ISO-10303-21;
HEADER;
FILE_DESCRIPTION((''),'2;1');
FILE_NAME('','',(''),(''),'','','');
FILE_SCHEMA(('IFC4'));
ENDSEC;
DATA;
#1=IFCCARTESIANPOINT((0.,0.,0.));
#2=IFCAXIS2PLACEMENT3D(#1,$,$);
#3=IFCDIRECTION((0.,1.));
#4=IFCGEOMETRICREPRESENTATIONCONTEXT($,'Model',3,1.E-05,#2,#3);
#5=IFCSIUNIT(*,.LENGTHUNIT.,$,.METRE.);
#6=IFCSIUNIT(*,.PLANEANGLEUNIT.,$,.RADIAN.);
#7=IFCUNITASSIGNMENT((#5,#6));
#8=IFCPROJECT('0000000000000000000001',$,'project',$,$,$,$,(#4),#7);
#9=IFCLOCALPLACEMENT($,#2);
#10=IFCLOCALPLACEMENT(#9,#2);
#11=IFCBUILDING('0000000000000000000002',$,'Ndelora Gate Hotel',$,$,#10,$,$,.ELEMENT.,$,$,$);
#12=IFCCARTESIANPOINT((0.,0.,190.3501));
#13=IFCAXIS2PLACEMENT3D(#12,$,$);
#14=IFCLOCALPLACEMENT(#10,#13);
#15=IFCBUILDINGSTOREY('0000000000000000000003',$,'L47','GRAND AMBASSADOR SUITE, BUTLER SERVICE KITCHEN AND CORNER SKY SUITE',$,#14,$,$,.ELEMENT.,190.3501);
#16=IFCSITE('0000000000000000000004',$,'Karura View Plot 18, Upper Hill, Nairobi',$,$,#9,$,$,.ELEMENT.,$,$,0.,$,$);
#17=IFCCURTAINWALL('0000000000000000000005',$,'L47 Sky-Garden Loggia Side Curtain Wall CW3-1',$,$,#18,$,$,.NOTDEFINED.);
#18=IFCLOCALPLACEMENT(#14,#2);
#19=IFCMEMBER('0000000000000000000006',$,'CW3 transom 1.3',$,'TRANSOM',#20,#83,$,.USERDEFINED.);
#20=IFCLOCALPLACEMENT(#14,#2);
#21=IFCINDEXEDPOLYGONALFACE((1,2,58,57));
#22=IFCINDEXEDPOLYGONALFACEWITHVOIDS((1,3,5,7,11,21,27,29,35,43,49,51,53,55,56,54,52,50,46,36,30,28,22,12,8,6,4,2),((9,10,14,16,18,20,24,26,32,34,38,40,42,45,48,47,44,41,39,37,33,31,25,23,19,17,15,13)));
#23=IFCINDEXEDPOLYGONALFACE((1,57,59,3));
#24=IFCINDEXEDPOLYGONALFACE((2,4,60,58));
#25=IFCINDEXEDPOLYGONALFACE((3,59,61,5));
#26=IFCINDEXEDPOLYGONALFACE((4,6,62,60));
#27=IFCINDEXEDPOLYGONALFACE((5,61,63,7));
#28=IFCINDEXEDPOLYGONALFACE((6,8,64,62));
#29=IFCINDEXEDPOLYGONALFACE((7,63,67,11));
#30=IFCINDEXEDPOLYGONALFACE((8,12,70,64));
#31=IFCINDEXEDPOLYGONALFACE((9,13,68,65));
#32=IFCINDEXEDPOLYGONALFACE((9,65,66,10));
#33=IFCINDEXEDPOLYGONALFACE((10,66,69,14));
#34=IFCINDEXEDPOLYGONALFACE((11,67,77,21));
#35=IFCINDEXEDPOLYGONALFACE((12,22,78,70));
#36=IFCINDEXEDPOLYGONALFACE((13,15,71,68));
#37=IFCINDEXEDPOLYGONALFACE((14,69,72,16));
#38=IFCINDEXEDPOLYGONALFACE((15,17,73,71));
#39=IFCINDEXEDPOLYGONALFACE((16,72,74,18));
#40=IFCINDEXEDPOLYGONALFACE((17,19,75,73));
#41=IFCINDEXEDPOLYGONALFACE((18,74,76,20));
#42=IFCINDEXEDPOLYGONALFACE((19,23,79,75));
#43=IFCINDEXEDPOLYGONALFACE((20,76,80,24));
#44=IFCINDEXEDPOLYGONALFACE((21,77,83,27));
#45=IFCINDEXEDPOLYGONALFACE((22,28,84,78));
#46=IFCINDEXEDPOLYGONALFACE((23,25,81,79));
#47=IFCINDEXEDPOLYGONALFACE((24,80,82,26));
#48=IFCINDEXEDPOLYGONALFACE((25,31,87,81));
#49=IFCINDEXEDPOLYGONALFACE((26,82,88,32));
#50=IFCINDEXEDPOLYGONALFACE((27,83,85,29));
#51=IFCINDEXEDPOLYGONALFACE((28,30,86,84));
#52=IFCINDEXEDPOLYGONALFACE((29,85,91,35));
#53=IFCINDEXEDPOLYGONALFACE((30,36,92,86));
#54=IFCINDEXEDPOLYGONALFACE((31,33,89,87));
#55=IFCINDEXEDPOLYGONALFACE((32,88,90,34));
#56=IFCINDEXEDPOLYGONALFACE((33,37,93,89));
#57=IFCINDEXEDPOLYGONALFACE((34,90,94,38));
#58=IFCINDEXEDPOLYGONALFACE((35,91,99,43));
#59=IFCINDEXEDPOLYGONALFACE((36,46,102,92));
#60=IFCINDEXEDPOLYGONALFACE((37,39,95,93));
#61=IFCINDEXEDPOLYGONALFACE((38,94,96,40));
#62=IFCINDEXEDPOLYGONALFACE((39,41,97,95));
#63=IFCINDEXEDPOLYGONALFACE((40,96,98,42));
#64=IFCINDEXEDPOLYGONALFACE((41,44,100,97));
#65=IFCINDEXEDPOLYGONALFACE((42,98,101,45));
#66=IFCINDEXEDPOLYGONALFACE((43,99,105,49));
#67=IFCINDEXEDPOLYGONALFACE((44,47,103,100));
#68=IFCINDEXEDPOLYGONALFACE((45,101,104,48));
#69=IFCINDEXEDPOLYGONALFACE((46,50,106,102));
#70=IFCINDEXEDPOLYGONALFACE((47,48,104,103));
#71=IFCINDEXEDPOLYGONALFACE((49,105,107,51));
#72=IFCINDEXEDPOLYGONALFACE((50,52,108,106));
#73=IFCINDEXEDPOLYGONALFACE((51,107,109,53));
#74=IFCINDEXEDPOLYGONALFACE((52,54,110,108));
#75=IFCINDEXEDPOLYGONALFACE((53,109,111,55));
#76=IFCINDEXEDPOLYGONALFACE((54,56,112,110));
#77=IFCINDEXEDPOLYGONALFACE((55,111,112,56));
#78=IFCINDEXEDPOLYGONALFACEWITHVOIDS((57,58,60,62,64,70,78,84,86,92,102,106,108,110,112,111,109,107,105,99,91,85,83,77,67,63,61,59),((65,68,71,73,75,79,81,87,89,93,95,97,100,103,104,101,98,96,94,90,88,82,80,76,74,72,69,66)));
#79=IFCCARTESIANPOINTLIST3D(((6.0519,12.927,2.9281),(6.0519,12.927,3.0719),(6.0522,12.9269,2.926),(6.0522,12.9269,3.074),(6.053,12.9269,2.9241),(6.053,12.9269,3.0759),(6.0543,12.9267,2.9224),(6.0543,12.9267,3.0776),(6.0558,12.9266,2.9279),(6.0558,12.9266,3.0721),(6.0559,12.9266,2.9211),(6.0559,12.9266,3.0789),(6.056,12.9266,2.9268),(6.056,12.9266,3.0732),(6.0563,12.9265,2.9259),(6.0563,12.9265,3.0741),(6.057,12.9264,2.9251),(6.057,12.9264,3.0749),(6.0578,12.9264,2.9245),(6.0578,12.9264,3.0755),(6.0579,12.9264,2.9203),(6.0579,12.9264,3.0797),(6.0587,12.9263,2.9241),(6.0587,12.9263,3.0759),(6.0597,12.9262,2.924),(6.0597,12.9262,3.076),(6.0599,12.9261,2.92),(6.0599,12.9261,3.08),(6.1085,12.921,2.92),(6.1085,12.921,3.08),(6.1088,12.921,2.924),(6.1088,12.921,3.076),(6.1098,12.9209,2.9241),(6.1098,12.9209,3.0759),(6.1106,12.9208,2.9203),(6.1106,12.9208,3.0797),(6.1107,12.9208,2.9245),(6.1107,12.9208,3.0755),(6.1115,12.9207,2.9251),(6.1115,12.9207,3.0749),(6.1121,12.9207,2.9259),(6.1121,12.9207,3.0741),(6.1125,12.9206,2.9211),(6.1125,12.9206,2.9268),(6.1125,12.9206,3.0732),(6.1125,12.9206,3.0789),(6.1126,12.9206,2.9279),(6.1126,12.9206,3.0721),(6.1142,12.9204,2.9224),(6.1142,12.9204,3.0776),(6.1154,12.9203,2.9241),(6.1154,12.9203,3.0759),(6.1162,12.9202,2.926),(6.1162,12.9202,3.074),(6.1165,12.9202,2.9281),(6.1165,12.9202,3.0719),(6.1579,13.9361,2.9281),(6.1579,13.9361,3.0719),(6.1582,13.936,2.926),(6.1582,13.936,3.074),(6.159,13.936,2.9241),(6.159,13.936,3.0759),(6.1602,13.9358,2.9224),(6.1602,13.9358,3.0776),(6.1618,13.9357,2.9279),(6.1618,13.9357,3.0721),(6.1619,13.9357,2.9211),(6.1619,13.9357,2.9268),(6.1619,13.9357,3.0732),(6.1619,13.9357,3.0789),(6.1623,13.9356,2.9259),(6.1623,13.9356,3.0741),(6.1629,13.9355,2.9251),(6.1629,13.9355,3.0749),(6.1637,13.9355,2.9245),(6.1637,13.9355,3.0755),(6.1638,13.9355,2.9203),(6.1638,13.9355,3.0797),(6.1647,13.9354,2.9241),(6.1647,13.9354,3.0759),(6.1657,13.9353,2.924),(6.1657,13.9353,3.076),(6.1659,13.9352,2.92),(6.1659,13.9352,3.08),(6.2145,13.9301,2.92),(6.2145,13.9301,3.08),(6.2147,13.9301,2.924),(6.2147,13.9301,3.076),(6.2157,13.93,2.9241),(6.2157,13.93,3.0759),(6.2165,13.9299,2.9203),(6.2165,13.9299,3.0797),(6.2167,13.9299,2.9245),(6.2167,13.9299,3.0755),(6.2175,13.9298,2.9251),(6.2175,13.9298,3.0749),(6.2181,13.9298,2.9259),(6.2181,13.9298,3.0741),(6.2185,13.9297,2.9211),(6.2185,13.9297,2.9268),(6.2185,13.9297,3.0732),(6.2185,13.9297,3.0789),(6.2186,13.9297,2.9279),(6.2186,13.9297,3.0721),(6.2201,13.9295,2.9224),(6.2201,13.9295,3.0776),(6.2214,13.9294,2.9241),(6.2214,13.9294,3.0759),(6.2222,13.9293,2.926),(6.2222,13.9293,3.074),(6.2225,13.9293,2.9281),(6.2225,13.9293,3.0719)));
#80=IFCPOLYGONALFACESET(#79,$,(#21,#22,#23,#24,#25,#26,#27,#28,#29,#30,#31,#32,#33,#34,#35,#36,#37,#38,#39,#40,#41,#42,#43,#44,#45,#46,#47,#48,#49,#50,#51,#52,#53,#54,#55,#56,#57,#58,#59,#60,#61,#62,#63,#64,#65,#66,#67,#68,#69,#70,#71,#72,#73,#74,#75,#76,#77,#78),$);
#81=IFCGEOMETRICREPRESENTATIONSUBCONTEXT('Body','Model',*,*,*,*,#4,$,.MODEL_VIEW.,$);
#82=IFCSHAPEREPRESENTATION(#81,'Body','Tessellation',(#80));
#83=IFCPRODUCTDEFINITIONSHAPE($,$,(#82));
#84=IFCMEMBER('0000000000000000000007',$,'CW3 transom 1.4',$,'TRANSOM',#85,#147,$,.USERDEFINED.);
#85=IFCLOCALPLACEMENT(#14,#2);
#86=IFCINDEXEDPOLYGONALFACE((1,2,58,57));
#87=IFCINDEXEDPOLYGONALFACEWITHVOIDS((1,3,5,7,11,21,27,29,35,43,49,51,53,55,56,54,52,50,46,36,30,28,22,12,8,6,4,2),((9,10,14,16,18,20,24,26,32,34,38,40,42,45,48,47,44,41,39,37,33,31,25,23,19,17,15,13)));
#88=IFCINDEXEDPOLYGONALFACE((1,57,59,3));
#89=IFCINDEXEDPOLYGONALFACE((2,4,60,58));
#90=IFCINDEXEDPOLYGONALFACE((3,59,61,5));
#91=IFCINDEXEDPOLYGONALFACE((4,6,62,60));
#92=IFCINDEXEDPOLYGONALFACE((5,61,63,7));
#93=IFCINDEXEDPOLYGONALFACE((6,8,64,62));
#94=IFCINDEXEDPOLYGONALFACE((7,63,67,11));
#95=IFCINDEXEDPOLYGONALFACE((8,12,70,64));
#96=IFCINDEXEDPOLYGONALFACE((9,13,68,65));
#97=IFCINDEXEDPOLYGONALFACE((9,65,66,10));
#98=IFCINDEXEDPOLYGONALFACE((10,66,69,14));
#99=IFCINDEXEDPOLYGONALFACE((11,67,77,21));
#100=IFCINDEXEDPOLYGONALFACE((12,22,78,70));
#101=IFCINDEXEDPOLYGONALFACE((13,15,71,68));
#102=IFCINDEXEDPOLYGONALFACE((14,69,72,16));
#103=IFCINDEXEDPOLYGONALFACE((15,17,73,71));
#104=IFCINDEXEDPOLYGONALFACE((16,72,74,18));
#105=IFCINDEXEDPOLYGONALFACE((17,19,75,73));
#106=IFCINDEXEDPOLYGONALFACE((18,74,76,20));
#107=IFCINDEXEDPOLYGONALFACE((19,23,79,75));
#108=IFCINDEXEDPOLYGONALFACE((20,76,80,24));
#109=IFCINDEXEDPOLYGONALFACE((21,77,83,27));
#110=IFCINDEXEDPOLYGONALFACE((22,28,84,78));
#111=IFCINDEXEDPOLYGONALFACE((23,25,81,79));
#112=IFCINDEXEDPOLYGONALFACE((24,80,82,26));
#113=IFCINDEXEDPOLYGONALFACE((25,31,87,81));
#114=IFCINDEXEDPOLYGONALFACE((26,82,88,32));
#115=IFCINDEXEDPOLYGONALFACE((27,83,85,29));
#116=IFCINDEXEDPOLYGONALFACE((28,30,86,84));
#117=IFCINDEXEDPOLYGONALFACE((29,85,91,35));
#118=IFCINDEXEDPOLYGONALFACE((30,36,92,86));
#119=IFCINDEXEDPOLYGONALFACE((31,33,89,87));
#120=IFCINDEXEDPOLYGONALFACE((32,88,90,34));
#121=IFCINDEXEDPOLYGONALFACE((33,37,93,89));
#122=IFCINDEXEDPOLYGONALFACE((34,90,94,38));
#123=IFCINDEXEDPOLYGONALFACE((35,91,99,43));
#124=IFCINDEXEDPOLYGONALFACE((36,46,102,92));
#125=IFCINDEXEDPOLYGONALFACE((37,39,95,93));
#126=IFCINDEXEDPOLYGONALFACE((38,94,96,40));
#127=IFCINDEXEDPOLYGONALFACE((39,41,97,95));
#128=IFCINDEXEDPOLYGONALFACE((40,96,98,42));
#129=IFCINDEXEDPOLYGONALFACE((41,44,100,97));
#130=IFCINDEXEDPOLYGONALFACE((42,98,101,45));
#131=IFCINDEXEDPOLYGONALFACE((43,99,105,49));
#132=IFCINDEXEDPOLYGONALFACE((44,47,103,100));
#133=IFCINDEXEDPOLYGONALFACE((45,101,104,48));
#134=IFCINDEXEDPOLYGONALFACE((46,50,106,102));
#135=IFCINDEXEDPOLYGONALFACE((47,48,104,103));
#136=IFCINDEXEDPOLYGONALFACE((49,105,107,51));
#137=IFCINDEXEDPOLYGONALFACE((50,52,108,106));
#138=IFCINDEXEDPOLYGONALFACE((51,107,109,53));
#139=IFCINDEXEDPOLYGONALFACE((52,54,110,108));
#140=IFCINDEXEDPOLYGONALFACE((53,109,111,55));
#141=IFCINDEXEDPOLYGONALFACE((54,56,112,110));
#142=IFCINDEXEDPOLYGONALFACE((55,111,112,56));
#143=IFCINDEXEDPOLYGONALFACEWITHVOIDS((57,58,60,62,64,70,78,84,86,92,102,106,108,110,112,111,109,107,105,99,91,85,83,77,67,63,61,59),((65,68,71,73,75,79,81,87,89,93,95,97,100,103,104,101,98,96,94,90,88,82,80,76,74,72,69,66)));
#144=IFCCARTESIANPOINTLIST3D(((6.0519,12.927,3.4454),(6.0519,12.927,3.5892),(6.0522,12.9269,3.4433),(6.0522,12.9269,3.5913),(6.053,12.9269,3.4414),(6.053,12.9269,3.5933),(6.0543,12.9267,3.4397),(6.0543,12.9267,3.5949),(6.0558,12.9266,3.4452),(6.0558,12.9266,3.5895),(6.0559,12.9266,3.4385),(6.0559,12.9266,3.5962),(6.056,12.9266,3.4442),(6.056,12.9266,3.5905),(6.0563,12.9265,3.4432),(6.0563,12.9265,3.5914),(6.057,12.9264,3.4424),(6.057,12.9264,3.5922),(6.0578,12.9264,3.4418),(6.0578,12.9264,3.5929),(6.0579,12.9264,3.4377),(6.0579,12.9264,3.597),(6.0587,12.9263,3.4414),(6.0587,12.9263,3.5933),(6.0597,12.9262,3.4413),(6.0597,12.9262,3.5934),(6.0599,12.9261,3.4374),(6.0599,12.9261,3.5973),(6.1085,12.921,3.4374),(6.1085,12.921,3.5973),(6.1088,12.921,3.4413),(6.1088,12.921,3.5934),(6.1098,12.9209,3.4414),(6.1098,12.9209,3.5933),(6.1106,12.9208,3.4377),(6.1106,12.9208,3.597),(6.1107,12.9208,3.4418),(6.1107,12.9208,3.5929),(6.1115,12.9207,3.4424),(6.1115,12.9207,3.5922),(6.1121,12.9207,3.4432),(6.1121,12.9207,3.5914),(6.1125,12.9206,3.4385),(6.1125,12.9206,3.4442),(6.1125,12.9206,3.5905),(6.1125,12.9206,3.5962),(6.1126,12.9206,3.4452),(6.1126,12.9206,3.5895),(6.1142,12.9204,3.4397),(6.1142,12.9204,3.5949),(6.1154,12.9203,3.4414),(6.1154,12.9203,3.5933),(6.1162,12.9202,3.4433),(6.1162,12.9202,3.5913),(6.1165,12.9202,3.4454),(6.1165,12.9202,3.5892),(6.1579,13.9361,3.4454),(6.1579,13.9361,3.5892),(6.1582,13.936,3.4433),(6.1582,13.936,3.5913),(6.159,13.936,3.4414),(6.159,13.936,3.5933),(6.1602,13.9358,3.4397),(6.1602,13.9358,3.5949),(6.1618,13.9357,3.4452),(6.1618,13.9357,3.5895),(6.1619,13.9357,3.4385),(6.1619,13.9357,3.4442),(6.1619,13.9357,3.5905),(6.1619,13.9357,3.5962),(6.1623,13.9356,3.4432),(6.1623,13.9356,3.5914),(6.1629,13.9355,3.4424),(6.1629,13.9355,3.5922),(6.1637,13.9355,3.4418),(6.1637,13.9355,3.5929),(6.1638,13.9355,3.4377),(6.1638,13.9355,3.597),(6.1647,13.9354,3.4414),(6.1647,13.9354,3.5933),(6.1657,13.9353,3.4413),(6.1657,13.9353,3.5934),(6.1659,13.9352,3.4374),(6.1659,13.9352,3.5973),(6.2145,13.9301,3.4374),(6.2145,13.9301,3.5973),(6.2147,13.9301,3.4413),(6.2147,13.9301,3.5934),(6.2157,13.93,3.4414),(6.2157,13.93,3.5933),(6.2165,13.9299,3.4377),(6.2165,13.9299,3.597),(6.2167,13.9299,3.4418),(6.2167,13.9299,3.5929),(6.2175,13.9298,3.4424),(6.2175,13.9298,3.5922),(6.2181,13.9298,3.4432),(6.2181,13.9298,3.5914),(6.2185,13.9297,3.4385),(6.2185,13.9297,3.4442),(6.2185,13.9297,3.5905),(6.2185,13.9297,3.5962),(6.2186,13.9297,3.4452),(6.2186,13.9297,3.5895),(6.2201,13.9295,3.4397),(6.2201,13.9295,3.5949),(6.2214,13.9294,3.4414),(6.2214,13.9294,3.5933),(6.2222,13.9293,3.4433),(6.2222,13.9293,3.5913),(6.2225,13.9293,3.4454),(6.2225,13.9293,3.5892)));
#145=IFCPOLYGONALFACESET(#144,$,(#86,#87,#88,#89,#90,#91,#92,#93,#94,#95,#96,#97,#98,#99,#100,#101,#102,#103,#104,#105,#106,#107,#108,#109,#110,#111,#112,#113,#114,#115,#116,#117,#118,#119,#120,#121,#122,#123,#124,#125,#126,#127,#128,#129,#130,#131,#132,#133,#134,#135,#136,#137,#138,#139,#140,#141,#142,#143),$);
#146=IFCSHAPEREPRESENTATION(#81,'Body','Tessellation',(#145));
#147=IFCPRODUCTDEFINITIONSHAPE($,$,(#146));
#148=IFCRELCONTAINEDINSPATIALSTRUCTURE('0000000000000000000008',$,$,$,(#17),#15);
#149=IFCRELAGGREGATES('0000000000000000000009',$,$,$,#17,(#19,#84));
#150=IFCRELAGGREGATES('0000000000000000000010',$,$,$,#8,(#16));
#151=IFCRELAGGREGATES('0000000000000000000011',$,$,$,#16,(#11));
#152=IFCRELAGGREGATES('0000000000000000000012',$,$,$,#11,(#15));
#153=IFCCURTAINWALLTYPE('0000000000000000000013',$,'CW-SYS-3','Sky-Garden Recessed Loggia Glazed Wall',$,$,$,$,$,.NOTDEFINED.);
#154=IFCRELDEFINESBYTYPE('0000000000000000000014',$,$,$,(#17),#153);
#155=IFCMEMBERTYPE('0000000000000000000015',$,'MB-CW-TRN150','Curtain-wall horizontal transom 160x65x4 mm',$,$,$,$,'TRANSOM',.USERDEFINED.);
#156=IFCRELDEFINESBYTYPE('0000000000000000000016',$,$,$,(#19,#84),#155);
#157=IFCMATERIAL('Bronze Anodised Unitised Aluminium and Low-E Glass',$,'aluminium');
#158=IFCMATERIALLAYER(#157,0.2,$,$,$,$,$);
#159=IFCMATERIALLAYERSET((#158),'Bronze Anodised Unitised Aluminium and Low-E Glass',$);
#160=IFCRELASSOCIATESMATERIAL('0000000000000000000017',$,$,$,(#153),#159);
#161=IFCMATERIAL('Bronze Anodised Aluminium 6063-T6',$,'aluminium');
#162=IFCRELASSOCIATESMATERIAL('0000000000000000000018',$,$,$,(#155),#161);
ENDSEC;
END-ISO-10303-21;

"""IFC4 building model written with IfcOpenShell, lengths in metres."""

from ifc_helpers import new_model, si_unit, direction, frame, origin, origin_2d, place, context, subcontext, project, spatial, hollow_rectangle, extrude, material, layer, layer_set, material_profile, profile_set, type_object, element, aggregate, save


model = new_model("IFC4")

# Units and contexts
model_context = context("Model", 3, precision=1e-05, world=origin(), true_north=direction((0.0, 1.0)))
body_context = subcontext(model_context, "Body", "Model", "MODEL_VIEW")
ifc_project = project(units=[si_unit("LENGTHUNIT", "METRE"), si_unit("PLANEANGLEUNIT", "RADIAN")], contexts=[model_context])

# Site, building, storey
site_placement = place(None, origin())
site = spatial("IfcSite", under=ifc_project, at=site_placement, Name="Karura View Plot 18, Upper Hill, Nairobi", CompositionType="ELEMENT", RefElevation=0.0)
building_placement = place(site_placement, origin())
building = spatial("IfcBuilding", under=site, at=building_placement, Name="Ndelora Gate Hotel", CompositionType="ELEMENT")
storey_placement = place(building_placement, frame((0.0, 0.0, 190.3501)))
storey = spatial("IfcBuildingStorey", under=building, at=storey_placement, Name="L47", Description="GRAND AMBASSADOR SUITE, BUTLER SERVICE KITCHEN AND CORNER SKY SUITE", CompositionType="ELEMENT", Elevation=190.3501)

# Curtain wall, members
ifc_material_1 = material(Name="Bronze Anodised Unitised Aluminium and Low-E Glass", Category="aluminium")
ifc_layer_1 = layer(ifc_material_1, 0.2)
ifc_layer_set_1 = layer_set([ifc_layer_1], Name="Bronze Anodised Unitised Aluminium and Low-E Glass")
curtain_wall_type = type_object("IfcCurtainWallType", Name="CW-SYS-3", Description="Sky-Garden Recessed Loggia Glazed Wall", PredefinedType="NOTDEFINED", material=ifc_layer_set_1)
curtain_wall_placement = place(storey_placement, origin())
curtain_wall = element("IfcCurtainWall", 1, at=curtain_wall_placement, inside=storey, type_object=curtain_wall_type, Name="L47 Sky-Garden Loggia Side Curtain Wall CW3-1", PredefinedType="NOTDEFINED")
ifc_material_2 = material(Name="Bronze Anodised Aluminium 6063-T6", Category="aluminium")
ifc_material_profile_1 = material_profile(ifc_material_2, hollow_rectangle(XDim=0.0649, YDim=0.1599, WallThickness=0.0039, InnerFilletRadius=0.0039, OuterFilletRadius=0.0081, at=origin_2d()), Name="ALU 160x65x4")
ifc_profile_set_1 = profile_set([ifc_material_profile_1], Name="Bronze Anodised Aluminium 6063-T6")
member_type_1 = type_object("IfcMemberType", Name="MB-CW-TRN150", Description="Curtain-wall horizontal transom 160x65x4 mm", ElementType="TRANSOM", PredefinedType="USERDEFINED", material=ifc_profile_set_1)
member_1_placement = place(storey_placement, frame((6.0842, 12.9236, 3.0), z_axis=(0.104434, 0.994532, 0.0), x_axis=(-0.994532, 0.104434, 0.0)))
member_1 = element("IfcMember", 2, at=member_1_placement, type_object=member_type_1, Name="CW3 transom 1.3", ObjectType="TRANSOM", PredefinedType="USERDEFINED", context=body_context, shape_type="SweptSolid", body=[
    extrude(hollow_rectangle(XDim=0.0649, YDim=0.1599, WallThickness=0.0039, InnerFilletRadius=0.0039, OuterFilletRadius=0.0081, at=origin_2d()), origin(), (0.0, 0.0, 1.0), 1.0146),
])
member_2_placement = place(storey_placement, frame((6.0842, 12.9236, 3.5173), z_axis=(0.104434, 0.994532, 0.0), x_axis=(-0.994532, 0.104434, 0.0)))
member_2 = element("IfcMember", 3, at=member_2_placement, type_object=member_type_1, Name="CW3 transom 1.4", ObjectType="TRANSOM", PredefinedType="USERDEFINED", context=body_context, shape_type="SweptSolid", body=[
    extrude(hollow_rectangle(XDim=0.0649, YDim=0.1599, WallThickness=0.0039, InnerFilletRadius=0.0039, OuterFilletRadius=0.0081, at=origin_2d()), origin(), (0.0, 0.0, 1.0), 1.0146),
])
aggregate(curtain_wall, [member_1, member_2])

save(model, "model.ifc")
